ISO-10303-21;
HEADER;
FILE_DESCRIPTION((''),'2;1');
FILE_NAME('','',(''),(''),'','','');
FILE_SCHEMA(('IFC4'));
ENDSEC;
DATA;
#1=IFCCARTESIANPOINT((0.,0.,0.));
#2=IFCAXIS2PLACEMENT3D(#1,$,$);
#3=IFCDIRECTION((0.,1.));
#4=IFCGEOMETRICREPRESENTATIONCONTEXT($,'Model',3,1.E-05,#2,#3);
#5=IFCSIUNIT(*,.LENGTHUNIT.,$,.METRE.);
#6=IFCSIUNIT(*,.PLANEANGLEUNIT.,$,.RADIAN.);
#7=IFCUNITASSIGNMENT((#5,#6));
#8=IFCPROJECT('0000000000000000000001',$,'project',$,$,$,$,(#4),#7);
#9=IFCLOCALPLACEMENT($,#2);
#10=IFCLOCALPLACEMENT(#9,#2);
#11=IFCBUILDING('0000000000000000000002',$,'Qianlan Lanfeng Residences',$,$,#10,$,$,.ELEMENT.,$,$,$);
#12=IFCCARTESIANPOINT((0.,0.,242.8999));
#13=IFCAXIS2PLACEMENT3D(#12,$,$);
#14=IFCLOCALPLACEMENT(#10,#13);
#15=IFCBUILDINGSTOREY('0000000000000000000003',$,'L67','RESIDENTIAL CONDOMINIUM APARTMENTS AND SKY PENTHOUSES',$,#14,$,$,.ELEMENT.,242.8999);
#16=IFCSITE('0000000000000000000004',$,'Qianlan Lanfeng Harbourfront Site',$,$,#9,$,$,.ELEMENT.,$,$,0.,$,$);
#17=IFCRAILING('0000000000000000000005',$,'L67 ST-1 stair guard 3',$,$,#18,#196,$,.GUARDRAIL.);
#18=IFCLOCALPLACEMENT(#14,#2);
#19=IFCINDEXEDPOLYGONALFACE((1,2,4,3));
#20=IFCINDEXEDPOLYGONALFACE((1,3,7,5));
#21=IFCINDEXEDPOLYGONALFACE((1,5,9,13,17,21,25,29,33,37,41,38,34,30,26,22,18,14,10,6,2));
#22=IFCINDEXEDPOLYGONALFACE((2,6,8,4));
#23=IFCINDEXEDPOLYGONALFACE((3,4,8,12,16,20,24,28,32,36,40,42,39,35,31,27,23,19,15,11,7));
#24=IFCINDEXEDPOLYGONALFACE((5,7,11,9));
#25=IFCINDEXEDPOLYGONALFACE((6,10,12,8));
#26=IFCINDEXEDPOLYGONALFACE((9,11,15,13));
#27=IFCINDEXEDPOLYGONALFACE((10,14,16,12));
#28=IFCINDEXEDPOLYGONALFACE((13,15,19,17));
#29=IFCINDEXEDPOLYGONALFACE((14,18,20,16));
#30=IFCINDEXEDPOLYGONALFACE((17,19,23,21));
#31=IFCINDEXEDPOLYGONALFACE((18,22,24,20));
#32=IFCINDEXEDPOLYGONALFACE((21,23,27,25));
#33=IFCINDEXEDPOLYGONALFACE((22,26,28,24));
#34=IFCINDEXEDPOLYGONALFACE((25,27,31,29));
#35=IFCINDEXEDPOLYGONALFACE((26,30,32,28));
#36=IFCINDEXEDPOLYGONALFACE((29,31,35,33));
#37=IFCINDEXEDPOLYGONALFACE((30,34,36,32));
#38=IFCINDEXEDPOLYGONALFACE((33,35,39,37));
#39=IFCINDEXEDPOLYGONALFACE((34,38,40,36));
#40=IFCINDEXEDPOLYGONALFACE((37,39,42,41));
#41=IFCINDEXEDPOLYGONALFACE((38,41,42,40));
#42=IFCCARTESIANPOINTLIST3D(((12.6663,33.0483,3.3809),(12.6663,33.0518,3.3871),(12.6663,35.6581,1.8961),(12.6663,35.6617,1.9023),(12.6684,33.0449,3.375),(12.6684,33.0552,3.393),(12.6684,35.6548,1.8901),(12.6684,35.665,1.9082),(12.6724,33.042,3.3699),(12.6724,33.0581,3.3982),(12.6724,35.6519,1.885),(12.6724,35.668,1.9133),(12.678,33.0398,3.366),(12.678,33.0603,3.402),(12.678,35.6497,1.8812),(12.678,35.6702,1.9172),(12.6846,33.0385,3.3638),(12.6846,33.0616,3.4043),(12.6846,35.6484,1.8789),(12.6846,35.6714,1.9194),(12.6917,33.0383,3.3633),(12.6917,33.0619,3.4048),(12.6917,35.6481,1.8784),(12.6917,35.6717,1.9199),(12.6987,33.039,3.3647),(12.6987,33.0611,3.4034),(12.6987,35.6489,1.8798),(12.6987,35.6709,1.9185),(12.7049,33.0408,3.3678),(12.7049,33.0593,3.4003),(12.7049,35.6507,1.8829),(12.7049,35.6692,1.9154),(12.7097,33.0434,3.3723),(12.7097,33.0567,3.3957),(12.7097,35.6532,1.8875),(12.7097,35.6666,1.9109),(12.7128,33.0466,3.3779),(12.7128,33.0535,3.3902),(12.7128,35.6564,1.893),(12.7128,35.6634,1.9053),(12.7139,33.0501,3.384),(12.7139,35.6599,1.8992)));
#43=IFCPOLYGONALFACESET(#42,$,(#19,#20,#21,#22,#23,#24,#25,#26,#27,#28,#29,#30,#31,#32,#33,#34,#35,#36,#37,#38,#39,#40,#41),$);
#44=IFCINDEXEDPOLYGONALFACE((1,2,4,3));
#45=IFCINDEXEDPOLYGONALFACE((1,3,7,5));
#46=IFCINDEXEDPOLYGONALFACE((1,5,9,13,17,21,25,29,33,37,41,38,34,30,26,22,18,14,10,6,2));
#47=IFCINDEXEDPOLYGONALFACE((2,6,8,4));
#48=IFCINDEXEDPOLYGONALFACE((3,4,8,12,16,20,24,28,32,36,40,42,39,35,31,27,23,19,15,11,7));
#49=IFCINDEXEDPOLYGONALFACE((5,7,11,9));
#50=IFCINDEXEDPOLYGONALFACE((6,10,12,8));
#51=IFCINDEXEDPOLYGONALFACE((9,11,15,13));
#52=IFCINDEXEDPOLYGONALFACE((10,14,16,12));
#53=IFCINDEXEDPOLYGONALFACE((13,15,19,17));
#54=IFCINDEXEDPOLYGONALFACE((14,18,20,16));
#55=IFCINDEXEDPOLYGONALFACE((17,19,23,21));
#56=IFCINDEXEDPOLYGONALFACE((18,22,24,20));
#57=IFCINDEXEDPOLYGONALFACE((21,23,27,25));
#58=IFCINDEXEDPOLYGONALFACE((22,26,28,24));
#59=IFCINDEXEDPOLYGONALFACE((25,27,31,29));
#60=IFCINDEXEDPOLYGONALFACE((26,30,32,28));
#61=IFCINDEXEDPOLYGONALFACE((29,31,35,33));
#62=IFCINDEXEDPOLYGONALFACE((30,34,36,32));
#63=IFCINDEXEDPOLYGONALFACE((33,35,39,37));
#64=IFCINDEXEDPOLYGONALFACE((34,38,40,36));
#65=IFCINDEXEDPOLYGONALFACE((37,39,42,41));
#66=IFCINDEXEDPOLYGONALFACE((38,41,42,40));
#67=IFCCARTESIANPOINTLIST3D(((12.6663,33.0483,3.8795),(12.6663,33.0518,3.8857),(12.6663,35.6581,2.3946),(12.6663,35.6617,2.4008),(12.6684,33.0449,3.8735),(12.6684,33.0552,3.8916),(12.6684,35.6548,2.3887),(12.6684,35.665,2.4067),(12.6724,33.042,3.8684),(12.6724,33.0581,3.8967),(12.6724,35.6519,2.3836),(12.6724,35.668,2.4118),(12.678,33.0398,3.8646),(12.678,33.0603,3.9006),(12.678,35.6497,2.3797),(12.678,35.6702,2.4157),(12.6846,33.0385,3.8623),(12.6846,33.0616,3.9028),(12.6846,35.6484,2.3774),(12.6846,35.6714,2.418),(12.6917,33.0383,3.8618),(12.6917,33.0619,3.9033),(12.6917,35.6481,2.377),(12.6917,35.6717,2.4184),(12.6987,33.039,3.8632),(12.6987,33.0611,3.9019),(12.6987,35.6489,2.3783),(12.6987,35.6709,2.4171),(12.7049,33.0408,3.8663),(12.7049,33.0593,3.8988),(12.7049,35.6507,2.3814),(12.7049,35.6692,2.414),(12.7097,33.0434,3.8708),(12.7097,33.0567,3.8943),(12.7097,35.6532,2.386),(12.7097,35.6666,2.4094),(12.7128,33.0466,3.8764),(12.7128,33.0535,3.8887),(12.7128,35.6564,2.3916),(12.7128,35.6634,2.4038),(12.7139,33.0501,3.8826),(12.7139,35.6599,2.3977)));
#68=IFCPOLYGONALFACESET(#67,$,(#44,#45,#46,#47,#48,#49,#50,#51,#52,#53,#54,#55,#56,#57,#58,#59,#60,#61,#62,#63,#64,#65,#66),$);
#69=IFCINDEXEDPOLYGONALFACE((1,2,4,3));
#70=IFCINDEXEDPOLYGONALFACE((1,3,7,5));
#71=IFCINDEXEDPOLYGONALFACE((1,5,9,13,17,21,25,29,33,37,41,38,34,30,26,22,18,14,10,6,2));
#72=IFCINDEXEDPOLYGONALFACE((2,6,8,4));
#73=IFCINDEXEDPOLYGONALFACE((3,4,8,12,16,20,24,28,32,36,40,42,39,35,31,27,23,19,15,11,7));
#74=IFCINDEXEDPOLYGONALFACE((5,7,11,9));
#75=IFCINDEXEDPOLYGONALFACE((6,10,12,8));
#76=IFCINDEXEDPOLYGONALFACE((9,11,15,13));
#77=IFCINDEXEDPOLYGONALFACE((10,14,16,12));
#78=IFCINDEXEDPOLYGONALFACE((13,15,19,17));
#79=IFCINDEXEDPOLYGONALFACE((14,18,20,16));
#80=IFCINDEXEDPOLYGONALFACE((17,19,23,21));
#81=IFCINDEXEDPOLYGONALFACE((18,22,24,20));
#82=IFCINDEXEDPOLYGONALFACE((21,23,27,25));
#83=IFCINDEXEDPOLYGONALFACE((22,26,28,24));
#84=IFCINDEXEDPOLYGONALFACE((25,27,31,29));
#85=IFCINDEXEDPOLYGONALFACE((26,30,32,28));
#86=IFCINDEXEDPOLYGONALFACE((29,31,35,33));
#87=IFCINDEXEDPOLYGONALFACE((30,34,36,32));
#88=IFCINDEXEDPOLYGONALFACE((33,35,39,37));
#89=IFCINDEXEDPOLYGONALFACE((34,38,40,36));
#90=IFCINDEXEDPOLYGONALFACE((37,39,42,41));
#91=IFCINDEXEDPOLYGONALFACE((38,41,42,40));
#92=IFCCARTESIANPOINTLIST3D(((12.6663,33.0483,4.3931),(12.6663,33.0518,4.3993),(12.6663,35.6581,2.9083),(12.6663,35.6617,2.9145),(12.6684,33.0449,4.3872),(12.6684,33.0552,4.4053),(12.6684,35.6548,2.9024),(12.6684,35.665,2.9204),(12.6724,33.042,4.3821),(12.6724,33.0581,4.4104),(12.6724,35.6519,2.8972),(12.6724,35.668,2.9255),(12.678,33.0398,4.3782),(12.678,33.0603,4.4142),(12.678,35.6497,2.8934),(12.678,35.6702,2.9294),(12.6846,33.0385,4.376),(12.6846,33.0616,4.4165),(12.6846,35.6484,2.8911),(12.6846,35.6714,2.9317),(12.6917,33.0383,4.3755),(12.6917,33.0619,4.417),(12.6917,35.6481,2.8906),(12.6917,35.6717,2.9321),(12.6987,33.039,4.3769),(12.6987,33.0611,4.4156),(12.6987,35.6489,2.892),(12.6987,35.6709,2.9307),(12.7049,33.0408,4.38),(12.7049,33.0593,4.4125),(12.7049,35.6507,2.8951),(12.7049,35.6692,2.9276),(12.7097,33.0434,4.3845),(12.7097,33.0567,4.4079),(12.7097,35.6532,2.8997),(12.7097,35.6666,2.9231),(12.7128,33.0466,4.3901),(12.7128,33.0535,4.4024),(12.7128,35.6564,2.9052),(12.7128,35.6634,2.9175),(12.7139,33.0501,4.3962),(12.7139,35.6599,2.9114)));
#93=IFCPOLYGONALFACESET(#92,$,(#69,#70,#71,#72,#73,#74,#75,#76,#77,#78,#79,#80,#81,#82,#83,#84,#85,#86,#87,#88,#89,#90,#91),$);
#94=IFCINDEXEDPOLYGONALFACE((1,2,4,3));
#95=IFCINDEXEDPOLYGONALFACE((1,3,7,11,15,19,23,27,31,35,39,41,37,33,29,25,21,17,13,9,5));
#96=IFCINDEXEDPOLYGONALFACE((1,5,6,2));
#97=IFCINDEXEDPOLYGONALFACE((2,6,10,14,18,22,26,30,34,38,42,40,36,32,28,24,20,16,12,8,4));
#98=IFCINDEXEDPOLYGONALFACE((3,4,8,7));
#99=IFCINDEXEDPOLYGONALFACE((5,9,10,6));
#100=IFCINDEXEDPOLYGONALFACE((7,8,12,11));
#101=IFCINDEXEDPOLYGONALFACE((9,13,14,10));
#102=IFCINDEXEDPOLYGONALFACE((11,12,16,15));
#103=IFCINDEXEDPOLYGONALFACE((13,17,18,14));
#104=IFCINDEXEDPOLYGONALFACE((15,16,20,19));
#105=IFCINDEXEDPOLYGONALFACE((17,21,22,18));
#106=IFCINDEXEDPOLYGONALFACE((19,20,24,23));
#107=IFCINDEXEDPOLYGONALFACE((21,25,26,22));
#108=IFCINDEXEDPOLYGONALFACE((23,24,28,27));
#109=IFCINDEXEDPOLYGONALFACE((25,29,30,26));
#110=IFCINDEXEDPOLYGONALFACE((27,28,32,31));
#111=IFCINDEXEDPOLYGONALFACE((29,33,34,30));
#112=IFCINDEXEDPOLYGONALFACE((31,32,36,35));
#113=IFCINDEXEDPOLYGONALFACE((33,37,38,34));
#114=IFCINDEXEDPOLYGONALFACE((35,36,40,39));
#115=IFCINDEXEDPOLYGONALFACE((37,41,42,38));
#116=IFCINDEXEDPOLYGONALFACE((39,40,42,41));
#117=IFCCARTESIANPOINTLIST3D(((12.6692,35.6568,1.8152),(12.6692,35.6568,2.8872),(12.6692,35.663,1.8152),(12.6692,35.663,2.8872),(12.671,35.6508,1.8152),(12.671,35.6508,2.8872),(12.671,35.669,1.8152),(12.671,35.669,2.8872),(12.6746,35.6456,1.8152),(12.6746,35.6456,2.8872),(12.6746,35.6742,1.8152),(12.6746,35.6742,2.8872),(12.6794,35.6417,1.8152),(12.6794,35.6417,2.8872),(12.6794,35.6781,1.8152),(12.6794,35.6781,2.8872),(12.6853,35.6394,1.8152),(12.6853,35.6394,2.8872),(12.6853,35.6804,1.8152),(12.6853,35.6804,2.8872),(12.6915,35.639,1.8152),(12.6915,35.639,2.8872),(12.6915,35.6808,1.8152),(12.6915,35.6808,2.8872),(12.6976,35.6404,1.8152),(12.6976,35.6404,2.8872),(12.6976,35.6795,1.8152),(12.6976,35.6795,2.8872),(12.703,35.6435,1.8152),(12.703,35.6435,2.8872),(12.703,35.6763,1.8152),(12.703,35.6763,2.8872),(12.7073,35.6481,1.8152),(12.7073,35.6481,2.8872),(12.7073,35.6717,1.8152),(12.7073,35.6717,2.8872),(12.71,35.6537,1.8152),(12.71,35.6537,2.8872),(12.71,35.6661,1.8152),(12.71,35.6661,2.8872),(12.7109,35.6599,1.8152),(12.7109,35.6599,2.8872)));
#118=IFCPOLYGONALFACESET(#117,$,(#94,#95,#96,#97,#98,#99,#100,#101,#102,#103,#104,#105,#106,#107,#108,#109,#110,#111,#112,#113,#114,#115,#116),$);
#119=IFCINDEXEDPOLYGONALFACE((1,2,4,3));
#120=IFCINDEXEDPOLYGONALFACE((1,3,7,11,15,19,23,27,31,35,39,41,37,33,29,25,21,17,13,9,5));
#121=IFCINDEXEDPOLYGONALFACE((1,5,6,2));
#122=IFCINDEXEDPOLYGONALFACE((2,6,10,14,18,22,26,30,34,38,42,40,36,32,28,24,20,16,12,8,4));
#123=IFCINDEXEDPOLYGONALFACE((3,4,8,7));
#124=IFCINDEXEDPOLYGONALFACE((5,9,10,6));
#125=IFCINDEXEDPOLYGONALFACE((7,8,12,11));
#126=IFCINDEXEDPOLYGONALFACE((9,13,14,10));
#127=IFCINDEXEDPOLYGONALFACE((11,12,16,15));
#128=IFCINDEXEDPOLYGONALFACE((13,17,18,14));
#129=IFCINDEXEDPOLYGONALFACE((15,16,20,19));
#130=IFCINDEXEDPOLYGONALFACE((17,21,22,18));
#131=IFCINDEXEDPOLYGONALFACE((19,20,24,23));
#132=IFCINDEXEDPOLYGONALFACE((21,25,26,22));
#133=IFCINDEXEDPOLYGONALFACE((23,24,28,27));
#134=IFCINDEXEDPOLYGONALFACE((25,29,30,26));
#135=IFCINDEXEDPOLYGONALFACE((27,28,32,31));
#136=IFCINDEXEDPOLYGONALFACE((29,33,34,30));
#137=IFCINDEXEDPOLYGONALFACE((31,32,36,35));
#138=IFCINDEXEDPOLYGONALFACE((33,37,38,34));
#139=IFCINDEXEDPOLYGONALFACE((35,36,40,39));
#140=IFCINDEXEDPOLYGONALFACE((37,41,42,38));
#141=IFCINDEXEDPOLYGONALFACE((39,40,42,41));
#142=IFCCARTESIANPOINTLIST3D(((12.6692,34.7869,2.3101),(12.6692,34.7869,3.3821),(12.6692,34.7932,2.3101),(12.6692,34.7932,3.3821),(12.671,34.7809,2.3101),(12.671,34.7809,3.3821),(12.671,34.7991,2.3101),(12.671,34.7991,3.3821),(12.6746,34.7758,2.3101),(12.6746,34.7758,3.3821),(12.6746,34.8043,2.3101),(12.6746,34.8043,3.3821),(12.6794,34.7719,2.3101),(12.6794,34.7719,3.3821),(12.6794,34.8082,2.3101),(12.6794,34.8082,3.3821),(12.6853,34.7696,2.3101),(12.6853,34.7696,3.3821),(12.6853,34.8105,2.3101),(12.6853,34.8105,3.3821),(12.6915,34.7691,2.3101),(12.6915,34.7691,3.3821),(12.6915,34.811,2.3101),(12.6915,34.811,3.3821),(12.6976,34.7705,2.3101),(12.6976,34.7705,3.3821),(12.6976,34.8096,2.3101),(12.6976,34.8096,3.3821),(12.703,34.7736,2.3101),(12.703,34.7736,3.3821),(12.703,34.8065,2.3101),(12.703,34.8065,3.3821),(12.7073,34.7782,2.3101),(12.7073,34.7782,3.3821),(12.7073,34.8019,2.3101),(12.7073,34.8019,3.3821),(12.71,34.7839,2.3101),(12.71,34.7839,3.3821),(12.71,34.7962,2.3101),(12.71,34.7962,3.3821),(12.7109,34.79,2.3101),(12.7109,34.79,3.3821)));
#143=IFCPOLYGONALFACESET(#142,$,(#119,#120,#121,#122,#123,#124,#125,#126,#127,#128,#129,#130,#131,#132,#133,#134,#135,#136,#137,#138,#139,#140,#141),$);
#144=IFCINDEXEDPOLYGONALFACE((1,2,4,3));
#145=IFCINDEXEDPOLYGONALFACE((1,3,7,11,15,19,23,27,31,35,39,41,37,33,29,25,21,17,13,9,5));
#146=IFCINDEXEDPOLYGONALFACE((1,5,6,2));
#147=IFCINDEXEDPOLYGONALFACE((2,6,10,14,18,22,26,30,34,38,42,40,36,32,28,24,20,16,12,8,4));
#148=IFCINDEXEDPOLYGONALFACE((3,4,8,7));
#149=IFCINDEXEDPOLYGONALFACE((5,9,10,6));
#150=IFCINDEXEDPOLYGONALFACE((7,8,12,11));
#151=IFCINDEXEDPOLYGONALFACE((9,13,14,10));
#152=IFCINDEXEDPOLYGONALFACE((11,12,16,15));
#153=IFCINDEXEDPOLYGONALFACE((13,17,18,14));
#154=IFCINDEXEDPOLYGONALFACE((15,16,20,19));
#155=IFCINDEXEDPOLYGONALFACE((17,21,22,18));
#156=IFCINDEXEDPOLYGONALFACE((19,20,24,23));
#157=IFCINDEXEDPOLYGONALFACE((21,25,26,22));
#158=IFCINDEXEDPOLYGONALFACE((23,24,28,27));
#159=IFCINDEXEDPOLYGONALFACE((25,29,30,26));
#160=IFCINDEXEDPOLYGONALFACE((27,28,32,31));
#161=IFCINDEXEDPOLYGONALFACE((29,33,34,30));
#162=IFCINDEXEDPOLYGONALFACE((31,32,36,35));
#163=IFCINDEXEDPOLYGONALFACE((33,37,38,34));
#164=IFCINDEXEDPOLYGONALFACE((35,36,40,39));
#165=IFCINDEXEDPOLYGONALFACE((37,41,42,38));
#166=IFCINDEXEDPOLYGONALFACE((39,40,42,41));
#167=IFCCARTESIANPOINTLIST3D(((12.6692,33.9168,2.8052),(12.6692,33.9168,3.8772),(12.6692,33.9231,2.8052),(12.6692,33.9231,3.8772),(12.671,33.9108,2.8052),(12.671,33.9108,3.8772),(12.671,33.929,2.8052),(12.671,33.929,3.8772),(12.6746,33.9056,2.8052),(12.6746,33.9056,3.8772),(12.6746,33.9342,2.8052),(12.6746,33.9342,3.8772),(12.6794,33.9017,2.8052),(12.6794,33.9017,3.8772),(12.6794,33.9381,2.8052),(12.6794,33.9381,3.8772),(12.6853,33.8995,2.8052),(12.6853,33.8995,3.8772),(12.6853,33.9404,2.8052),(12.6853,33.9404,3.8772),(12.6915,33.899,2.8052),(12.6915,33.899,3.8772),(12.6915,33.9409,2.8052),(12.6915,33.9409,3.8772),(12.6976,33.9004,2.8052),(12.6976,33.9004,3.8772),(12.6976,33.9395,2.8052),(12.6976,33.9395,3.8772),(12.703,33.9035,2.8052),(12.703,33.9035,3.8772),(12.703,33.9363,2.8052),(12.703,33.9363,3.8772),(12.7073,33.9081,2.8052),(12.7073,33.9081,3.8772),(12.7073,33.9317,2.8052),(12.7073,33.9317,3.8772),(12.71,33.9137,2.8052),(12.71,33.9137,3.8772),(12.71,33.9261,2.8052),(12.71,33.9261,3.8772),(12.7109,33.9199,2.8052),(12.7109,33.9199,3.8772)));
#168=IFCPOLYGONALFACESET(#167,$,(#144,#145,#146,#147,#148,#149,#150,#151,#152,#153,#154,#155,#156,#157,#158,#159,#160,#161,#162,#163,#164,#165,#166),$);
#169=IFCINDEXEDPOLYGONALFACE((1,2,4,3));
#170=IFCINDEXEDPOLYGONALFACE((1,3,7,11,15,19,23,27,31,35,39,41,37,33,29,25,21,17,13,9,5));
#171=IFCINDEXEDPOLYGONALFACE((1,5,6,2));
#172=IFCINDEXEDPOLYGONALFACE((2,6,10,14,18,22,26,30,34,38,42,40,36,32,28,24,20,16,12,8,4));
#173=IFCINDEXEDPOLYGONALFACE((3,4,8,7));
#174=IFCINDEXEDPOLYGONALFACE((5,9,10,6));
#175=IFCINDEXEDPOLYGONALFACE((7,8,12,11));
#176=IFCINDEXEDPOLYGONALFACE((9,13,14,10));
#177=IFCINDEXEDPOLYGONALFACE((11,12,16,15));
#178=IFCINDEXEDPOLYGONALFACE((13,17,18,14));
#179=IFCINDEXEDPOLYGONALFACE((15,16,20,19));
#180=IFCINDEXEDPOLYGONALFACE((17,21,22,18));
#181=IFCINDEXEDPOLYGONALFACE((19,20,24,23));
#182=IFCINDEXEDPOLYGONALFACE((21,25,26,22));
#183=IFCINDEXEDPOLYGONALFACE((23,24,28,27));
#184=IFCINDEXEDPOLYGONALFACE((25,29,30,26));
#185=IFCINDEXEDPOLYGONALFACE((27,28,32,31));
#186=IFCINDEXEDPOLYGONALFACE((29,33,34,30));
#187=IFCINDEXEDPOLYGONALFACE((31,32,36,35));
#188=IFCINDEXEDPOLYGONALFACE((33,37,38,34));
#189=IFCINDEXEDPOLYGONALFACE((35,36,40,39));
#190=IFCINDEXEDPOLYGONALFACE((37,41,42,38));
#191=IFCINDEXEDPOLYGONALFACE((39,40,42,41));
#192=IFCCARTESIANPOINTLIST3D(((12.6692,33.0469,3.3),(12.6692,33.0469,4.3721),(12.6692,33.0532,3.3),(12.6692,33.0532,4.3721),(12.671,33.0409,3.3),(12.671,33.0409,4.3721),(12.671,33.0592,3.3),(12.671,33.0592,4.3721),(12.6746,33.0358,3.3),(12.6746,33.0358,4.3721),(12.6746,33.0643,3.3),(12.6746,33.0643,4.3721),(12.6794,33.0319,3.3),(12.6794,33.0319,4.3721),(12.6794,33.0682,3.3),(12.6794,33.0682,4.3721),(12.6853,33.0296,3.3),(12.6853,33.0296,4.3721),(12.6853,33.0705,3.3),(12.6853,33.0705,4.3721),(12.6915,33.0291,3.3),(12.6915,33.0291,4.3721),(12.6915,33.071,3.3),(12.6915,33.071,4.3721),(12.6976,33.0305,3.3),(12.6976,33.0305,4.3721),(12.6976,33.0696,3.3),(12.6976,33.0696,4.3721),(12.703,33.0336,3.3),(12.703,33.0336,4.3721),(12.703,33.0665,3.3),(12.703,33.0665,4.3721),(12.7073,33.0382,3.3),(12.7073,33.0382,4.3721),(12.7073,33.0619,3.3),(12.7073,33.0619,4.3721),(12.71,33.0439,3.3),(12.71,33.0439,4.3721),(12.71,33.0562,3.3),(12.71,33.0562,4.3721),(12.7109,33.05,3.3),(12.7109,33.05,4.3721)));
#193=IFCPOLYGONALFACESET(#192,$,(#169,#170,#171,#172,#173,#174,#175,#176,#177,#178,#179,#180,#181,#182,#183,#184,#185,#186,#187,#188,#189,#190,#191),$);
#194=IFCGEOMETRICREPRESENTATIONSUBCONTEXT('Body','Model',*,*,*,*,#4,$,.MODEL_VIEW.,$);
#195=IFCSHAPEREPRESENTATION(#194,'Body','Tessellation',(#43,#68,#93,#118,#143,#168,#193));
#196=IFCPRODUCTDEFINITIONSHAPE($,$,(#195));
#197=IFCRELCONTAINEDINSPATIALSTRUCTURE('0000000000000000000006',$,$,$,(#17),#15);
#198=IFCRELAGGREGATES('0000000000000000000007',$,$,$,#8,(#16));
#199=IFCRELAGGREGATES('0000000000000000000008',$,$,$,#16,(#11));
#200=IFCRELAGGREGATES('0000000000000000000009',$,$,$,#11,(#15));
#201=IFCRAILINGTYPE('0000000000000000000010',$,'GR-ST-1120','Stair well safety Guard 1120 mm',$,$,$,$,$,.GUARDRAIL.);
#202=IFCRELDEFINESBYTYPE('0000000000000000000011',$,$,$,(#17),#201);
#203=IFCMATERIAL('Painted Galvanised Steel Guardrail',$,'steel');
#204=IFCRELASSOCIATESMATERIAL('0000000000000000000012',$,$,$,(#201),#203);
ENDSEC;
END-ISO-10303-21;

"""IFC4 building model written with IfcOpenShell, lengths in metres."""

from ifc_helpers import new_model, si_unit, direction, frame, origin, origin_2d, place, context, subcontext, project, spatial, circle, extrude, material, type_object, element, save


model = new_model("IFC4")

# Units and contexts
model_context = context("Model", 3, precision=1e-05, world=origin(), true_north=direction((0.0, 1.0)))
body_context = subcontext(model_context, "Body", "Model", "MODEL_VIEW")
ifc_project = project(units=[si_unit("LENGTHUNIT", "METRE"), si_unit("PLANEANGLEUNIT", "RADIAN")], contexts=[model_context])

# Site, building, storey
site_placement = place(None, origin())
site = spatial("IfcSite", under=ifc_project, at=site_placement, Name="Qianlan Lanfeng Harbourfront Site", CompositionType="ELEMENT", RefElevation=0.0)
building_placement = place(site_placement, origin())
building = spatial("IfcBuilding", under=site, at=building_placement, Name="Qianlan Lanfeng Residences", CompositionType="ELEMENT")
storey_placement = place(building_placement, frame((0.0, 0.0, 242.8999)))
storey = spatial("IfcBuildingStorey", under=building, at=storey_placement, Name="L67", Description="RESIDENTIAL CONDOMINIUM APARTMENTS AND SKY PENTHOUSES", CompositionType="ELEMENT", Elevation=242.8999)

# Railing
ifc_material_1 = material(Name="Painted Galvanised Steel Guardrail", Category="steel")
railing_type_1 = type_object("IfcRailingType", Name="GR-ST-1120", Description="Stair well safety Guard 1120 mm", PredefinedType="GUARDRAIL", material=ifc_material_1)
railing_1_placement = place(storey_placement, frame((12.6899, 35.6599, 1.8152)))
element("IfcRailing", 1, at=railing_1_placement, inside=storey, type_object=railing_type_1, Name="L67 ST-1 stair guard 3", PredefinedType="GUARDRAIL", context=body_context, shape_type="SweptSolid", body=[
    extrude(circle(Radius=0.0239, at=origin_2d()), frame((0.0, 0.0, 0.084), z_axis=(0.0, -0.869172, 0.494509), x_axis=(1.0, 0.0, 0.0)), (0.0, 0.0, 1.0), 3.0027),
    extrude(circle(Radius=0.0239, at=origin_2d()), frame((0.0, 0.0, 0.5825), z_axis=(0.0, -0.869172, 0.494509), x_axis=(1.0, 0.0, 0.0)), (0.0, 0.0, 1.0), 3.0027),
    extrude(circle(Radius=0.0239, at=origin_2d()), frame((0.0, 0.0, 1.0962), z_axis=(0.0, -0.869172, 0.494509), x_axis=(1.0, 0.0, 0.0)), (0.0, 0.0, 1.0), 3.0027),
    extrude(circle(Radius=0.021, at=origin_2d()), origin(), (0.0, 0.0, 1.0), 1.072),
    extrude(circle(Radius=0.021, at=origin_2d()), frame((0.0, -0.8699, 0.4949)), (0.0, 0.0, 1.0), 1.072),
    extrude(circle(Radius=0.021, at=origin_2d()), frame((0.0, -1.74, 0.99)), (0.0, 0.0, 1.0), 1.072),
    extrude(circle(Radius=0.021, at=origin_2d()), frame((0.0, -2.6099, 1.4849)), (0.0, 0.0, 1.0), 1.072),
])

save(model, "model.ifc")
